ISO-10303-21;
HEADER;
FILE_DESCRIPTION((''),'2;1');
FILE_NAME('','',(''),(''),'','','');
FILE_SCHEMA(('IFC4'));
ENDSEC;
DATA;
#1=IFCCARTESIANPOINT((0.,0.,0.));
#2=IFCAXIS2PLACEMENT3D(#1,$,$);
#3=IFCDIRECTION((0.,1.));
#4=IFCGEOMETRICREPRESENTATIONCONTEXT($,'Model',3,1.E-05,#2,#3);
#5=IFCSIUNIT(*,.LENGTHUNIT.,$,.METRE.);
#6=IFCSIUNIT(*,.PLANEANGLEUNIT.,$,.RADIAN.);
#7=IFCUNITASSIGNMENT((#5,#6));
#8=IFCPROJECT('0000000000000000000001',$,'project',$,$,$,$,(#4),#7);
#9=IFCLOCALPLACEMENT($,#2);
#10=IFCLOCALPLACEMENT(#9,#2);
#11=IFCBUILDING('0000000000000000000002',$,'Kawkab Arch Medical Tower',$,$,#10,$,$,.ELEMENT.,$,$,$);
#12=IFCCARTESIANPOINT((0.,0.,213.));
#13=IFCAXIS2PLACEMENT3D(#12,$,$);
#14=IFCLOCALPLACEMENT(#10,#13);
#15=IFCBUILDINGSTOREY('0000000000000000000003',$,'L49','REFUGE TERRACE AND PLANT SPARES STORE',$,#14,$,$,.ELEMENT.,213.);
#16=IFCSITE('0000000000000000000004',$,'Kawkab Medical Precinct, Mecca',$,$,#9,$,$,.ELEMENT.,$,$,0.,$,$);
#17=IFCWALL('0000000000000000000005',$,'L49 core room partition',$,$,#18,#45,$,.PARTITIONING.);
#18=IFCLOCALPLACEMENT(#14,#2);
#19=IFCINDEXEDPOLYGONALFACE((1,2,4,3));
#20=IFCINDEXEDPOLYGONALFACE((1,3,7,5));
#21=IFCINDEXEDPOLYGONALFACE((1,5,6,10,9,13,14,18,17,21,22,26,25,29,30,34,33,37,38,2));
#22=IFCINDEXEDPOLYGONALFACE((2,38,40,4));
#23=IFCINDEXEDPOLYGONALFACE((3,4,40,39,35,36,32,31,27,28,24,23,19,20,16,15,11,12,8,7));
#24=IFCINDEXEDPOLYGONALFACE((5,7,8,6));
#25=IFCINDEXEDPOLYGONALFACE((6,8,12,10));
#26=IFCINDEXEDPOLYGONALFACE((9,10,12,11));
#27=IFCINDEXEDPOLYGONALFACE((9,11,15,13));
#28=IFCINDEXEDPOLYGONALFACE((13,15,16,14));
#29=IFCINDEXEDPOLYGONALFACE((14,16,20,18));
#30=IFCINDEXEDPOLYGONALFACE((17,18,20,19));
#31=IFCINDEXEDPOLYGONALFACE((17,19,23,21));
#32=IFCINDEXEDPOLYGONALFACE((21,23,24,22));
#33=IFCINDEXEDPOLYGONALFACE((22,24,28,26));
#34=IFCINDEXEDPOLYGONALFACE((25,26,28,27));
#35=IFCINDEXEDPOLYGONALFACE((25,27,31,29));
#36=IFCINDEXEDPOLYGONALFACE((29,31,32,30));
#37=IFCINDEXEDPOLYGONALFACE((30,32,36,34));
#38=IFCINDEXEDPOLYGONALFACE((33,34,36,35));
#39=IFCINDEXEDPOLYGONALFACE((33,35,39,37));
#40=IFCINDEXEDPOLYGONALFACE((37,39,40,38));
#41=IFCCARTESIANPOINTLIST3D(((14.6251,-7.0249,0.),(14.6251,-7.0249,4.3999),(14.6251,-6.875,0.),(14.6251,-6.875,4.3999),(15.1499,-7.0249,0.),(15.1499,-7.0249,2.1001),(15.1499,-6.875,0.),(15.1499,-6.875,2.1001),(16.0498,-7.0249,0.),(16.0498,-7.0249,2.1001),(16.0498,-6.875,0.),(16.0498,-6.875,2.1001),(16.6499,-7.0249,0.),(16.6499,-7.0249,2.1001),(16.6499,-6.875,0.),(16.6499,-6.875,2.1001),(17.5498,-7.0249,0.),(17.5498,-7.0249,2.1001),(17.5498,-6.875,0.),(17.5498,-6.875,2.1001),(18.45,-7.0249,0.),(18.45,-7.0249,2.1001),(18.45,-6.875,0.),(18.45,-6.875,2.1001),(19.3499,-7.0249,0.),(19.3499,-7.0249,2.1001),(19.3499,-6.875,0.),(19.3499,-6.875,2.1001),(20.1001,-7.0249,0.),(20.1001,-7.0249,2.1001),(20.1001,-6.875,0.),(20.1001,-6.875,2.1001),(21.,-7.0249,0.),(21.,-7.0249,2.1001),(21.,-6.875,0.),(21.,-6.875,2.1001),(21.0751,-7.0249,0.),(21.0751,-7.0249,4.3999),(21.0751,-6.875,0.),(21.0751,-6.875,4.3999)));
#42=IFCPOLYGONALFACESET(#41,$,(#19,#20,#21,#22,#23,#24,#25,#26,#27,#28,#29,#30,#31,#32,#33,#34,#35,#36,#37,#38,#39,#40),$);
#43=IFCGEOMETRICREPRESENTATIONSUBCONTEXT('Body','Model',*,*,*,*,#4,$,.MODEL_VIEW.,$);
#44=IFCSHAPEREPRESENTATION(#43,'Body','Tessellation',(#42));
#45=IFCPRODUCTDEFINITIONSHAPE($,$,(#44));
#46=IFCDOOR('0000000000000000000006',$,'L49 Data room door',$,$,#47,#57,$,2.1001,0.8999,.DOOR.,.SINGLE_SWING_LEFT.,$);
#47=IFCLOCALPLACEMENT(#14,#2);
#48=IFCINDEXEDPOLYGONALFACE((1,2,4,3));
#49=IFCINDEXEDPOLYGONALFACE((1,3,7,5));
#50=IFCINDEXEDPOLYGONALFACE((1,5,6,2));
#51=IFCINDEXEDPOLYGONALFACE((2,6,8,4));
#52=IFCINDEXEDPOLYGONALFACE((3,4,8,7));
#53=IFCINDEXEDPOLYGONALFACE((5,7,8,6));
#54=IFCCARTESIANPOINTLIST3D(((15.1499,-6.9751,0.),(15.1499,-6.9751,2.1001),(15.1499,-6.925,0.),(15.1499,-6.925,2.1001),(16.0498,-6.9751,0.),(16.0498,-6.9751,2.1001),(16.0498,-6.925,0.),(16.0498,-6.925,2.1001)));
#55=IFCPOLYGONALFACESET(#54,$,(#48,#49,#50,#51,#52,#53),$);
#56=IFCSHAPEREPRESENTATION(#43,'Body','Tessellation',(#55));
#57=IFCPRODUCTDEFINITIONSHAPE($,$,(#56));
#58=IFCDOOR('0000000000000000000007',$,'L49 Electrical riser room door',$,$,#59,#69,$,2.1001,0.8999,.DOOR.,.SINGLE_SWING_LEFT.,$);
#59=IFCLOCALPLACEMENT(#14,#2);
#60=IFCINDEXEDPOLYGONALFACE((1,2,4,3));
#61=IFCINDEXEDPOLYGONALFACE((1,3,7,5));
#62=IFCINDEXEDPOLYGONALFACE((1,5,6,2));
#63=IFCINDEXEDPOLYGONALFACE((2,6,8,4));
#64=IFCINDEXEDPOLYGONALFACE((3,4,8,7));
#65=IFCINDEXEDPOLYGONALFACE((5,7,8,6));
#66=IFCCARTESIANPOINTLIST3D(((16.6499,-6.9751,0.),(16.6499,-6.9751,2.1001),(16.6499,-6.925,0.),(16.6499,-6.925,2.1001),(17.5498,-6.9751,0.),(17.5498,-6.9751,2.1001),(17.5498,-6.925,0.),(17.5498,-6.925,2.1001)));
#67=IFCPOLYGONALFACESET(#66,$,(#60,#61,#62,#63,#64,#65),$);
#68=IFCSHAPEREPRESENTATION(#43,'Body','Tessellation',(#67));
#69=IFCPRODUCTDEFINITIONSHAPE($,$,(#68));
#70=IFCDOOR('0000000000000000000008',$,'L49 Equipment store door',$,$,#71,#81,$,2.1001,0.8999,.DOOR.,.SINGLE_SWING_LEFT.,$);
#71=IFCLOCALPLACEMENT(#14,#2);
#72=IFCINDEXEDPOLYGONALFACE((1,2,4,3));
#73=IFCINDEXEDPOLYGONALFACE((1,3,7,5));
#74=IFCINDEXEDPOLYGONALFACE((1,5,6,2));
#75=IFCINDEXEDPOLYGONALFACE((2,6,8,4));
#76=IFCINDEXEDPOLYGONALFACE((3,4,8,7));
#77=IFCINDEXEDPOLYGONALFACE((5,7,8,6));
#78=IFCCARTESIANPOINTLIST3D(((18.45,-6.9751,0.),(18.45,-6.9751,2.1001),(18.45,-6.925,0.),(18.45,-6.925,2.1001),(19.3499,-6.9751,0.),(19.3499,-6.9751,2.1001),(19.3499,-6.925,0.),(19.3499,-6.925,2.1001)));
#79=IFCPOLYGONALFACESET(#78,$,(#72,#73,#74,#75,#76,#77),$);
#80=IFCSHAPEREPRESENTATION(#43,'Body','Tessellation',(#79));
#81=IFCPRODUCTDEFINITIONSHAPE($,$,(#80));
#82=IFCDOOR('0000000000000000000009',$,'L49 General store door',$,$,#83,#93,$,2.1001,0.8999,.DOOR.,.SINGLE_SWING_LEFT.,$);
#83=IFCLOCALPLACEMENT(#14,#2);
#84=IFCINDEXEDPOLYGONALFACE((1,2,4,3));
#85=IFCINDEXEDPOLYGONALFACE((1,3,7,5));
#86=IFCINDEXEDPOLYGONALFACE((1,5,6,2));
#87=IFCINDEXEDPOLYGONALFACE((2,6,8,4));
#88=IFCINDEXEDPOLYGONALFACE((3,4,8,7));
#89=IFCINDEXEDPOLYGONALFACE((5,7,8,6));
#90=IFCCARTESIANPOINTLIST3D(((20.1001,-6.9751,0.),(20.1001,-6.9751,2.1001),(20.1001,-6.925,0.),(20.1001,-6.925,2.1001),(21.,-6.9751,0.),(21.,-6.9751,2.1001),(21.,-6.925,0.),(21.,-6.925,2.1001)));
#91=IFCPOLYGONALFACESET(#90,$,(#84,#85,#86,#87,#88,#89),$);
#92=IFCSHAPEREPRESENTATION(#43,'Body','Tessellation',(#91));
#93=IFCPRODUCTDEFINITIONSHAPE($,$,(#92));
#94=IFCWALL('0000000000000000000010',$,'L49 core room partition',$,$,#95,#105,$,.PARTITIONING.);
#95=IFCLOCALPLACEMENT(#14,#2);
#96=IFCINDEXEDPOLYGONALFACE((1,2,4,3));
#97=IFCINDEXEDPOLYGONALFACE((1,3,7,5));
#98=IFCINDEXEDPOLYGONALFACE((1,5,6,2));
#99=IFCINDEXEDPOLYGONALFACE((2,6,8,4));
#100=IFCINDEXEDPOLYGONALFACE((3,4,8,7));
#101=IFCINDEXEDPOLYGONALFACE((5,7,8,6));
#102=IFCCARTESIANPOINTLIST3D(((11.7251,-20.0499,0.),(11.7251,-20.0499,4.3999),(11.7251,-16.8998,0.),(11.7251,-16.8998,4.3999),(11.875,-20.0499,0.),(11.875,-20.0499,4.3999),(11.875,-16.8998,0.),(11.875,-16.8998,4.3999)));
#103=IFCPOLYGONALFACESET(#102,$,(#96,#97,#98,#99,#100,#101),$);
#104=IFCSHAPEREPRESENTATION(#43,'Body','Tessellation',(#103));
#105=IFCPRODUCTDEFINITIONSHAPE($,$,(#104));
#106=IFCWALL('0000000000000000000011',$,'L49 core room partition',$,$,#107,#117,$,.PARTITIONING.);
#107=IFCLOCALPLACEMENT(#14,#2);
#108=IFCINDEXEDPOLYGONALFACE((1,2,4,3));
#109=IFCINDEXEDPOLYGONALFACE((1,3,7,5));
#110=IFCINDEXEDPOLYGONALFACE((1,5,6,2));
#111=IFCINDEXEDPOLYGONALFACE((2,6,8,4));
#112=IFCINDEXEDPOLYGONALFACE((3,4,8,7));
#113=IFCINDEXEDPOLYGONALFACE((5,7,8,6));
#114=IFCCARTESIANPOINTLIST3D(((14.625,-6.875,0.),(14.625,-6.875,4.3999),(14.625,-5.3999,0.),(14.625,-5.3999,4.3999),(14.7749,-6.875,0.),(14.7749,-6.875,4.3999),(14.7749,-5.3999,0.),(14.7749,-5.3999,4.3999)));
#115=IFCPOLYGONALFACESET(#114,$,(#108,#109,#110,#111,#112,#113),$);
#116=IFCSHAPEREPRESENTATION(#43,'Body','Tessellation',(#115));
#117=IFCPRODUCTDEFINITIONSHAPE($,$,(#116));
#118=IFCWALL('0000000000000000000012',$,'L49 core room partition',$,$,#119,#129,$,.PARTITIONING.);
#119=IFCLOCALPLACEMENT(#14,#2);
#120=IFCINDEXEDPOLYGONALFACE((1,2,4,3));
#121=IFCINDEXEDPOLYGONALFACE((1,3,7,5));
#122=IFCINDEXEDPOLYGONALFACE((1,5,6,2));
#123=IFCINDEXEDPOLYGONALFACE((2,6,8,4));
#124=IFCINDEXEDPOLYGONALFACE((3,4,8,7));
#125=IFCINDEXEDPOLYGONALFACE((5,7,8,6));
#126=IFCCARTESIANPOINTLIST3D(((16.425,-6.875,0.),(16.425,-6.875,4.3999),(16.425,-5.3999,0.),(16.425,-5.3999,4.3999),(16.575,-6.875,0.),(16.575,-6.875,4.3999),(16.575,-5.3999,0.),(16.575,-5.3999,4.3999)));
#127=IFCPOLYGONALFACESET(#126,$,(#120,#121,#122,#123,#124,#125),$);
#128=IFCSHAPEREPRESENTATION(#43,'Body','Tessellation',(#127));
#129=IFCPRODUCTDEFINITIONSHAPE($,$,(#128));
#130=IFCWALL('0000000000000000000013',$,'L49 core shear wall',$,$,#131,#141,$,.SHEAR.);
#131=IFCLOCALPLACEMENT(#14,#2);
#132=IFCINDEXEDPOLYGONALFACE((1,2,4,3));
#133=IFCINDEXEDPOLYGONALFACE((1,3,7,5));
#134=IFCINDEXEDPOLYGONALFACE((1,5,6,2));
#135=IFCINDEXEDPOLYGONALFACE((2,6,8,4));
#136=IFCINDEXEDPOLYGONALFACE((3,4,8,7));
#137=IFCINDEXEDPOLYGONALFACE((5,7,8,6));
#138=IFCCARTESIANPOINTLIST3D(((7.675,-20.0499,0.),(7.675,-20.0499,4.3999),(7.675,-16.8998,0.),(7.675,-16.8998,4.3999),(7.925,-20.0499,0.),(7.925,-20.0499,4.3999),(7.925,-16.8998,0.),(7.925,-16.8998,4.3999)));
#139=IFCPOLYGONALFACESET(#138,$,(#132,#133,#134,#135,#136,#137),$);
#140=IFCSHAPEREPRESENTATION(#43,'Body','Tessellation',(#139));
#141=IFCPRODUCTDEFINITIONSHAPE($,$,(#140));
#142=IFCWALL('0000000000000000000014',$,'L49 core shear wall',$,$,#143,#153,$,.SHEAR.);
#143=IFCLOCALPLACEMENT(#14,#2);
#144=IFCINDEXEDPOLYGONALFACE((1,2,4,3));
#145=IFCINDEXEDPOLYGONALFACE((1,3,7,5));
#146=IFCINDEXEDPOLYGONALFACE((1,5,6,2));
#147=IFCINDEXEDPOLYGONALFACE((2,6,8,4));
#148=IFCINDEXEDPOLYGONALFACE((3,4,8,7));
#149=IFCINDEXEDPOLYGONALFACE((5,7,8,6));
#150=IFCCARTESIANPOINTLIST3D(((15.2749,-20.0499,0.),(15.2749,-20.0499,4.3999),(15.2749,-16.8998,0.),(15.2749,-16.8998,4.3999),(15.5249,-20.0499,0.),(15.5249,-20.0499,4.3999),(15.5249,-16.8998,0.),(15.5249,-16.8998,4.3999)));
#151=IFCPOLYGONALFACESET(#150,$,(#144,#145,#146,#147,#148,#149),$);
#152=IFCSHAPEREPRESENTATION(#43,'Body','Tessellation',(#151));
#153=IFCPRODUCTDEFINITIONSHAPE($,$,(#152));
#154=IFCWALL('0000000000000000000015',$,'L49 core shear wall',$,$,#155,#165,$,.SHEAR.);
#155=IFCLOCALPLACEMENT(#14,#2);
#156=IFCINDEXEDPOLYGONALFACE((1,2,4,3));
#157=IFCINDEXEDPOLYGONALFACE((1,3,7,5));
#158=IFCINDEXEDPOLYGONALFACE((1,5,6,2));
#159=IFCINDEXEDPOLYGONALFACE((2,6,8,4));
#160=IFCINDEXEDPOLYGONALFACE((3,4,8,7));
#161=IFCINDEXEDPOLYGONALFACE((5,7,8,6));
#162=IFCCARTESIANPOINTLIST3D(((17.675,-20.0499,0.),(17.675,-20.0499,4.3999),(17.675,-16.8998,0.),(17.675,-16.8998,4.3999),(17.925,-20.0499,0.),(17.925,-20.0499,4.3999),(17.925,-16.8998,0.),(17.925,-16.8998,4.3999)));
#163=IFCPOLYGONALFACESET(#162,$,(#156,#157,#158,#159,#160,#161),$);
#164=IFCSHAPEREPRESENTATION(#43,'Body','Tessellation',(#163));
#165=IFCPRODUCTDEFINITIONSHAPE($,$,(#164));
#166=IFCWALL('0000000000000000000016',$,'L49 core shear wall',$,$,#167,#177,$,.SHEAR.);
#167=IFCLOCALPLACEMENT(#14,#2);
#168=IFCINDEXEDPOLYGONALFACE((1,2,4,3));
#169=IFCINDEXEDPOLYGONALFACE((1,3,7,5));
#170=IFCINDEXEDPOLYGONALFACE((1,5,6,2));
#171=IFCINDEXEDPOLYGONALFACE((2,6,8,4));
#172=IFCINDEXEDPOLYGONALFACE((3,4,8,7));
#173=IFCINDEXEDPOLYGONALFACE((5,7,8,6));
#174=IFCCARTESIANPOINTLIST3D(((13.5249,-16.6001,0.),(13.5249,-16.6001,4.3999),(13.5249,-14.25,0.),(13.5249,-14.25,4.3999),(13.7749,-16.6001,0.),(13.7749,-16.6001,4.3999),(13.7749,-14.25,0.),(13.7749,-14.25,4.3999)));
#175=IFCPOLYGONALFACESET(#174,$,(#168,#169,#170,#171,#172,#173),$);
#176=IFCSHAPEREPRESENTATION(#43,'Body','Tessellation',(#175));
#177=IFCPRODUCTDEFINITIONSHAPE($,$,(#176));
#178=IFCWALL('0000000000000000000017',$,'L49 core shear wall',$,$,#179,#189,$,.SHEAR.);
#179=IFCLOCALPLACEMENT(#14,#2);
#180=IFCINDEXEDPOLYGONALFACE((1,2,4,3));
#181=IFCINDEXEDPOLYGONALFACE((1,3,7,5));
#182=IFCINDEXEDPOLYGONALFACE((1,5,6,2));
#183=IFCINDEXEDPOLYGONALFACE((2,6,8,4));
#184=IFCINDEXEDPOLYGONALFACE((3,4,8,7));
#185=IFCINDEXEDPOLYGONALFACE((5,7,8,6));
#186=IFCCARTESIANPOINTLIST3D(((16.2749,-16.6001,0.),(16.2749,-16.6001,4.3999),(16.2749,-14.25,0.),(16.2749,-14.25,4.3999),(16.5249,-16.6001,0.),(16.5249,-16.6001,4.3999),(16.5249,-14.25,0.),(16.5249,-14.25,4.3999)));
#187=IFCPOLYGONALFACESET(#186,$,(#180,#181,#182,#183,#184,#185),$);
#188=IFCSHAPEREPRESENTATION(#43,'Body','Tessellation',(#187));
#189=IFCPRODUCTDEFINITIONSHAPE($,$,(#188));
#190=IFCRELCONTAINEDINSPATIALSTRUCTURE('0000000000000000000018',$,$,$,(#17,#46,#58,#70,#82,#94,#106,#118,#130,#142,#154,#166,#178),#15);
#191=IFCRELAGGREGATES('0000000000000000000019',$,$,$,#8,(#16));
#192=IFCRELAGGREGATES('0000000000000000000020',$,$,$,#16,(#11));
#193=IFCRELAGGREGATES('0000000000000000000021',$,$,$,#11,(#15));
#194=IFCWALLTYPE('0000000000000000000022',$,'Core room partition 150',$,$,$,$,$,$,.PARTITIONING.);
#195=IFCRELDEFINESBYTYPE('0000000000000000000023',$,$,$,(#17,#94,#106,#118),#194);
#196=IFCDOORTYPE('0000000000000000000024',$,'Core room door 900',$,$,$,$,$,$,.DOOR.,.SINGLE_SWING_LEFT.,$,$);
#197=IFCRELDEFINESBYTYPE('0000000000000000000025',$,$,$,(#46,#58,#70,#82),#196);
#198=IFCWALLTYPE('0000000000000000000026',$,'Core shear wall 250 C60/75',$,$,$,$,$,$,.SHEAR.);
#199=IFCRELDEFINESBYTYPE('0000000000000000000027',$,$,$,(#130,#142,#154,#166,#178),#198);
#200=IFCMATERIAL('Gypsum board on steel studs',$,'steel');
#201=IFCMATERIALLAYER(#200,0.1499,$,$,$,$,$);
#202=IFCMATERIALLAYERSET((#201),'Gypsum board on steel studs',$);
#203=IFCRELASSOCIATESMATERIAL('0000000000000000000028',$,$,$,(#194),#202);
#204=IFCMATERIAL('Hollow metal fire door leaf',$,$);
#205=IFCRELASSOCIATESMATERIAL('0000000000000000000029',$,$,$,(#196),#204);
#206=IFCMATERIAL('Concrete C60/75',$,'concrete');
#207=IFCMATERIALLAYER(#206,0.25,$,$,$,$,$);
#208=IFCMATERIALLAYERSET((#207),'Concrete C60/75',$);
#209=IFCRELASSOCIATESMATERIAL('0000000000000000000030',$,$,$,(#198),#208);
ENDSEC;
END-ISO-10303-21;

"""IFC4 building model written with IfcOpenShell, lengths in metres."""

from ifc_helpers import new_model, si_unit, direction, frame, frame_2d, origin, place, context, subcontext, project, spatial, rectangle, extrude, material, layer, layer_set, type_object, element, fill, save


model = new_model("IFC4")

# Units and contexts
model_context = context("Model", 3, precision=1e-05, world=origin(), true_north=direction((0.0, 1.0)))
body_context = subcontext(model_context, "Body", "Model", "MODEL_VIEW")
ifc_project = project(units=[si_unit("LENGTHUNIT", "METRE"), si_unit("PLANEANGLEUNIT", "RADIAN")], contexts=[model_context])

# Site, building, storey
site_placement = place(None, origin())
site = spatial("IfcSite", under=ifc_project, at=site_placement, Name="Kawkab Medical Precinct, Mecca", CompositionType="ELEMENT", RefElevation=0.0)
building_placement = place(site_placement, origin())
building = spatial("IfcBuilding", under=site, at=building_placement, Name="Kawkab Arch Medical Tower", CompositionType="ELEMENT")
storey_placement = place(building_placement, frame((0.0, 0.0, 213.0)))
storey = spatial("IfcBuildingStorey", under=building, at=storey_placement, Name="L49", Description="REFUGE TERRACE AND PLANT SPARES STORE", CompositionType="ELEMENT", Elevation=213.0)

# Wall, openings, doors
ifc_material_1 = material(Name="Gypsum board on steel studs", Category="steel")
ifc_layer_1 = layer(ifc_material_1, 0.1499)
ifc_layer_set_1 = layer_set([ifc_layer_1], Name="Gypsum board on steel studs")
wall_type_1 = type_object("IfcWallType", Name="Core room partition 150", PredefinedType="PARTITIONING", material=ifc_layer_set_1)
wall_1_placement = place(storey_placement, frame((14.625, -6.95, 0.0), z_axis=(0.0, 0.0, 1.0), x_axis=(1.0, 0.0, 0.0)))
wall_1 = element("IfcWall", 1, at=wall_1_placement, inside=storey, type_object=wall_type_1, Name="L49 core room partition", PredefinedType="PARTITIONING", context=body_context, shape_type="SweptSolid", body=[
    extrude(rectangle(XDim=6.45, YDim=0.1499, at=frame_2d((3.2251, 0.0))), origin(), (0.0, 0.0, 1.0), 4.3999),
])
opening_1_placement = place(wall_1_placement, frame((0.5249, 0.0, 0.0)))
opening_1 = element("IfcOpeningElement", 2, at=opening_1_placement, cuts=wall_1, PredefinedType="OPENING", context=body_context, shape_type="SweptSolid", body=[
    extrude(rectangle(XDim=0.8999, YDim=2.1001, at=frame_2d((0.45, 1.05))), frame((0.0, 0.085, 0.0), z_axis=(0.0, -1.0, 0.0), x_axis=(1.0, 0.0, 0.0)), (0.0, 0.0, 1.0), 0.1699),
])
opening_2_placement = place(wall_1_placement, frame((2.0249, 0.0, 0.0)))
opening_2 = element("IfcOpeningElement", 3, at=opening_2_placement, cuts=wall_1, PredefinedType="OPENING", context=body_context, shape_type="SweptSolid", body=[
    extrude(rectangle(XDim=0.8999, YDim=2.1001, at=frame_2d((0.45, 1.05))), frame((0.0, 0.085, 0.0), z_axis=(0.0, -1.0, 0.0), x_axis=(1.0, 0.0, 0.0)), (0.0, 0.0, 1.0), 0.1699),
])
opening_3_placement = place(wall_1_placement, frame((3.825, 0.0, 0.0)))
opening_3 = element("IfcOpeningElement", 4, at=opening_3_placement, cuts=wall_1, PredefinedType="OPENING", context=body_context, shape_type="SweptSolid", body=[
    extrude(rectangle(XDim=0.8999, YDim=2.1001, at=frame_2d((0.45, 1.05))), frame((0.0, 0.085, 0.0), z_axis=(0.0, -1.0, 0.0), x_axis=(1.0, 0.0, 0.0)), (0.0, 0.0, 1.0), 0.1699),
])
opening_4_placement = place(wall_1_placement, frame((5.4751, 0.0, 0.0)))
opening_4 = element("IfcOpeningElement", 5, at=opening_4_placement, cuts=wall_1, PredefinedType="OPENING", context=body_context, shape_type="SweptSolid", body=[
    extrude(rectangle(XDim=0.8999, YDim=2.1001, at=frame_2d((0.45, 1.05))), frame((0.0, 0.085, 0.0), z_axis=(0.0, -1.0, 0.0), x_axis=(1.0, 0.0, 0.0)), (0.0, 0.0, 1.0), 0.1699),
])
ifc_material_2 = material(Name="Hollow metal fire door leaf")
door_type_1 = type_object("IfcDoorType", Name="Core room door 900", OperationType="SINGLE_SWING_LEFT", PredefinedType="DOOR", material=ifc_material_2)
door_1_placement = place(opening_1_placement, origin())
door_1 = element("IfcDoor", 6, at=door_1_placement, inside=storey, type_object=door_type_1, Name="L49 Data room door", OperationType="SINGLE_SWING_LEFT", OverallHeight=2.1001, OverallWidth=0.8999, PredefinedType="DOOR", context=body_context, shape_type="SweptSolid", body=[
    extrude(rectangle(XDim=0.8999, YDim=2.1001, at=frame_2d((0.45, 1.05))), frame((0.0, 0.0249, 0.0), z_axis=(0.0, -1.0, 0.0), x_axis=(1.0, 0.0, 0.0)), (0.0, 0.0, 1.0), 0.05),
])
fill(opening_1, door_1)
door_2_placement = place(opening_2_placement, origin())
door_2 = element("IfcDoor", 7, at=door_2_placement, inside=storey, type_object=door_type_1, Name="L49 Electrical riser room door", OperationType="SINGLE_SWING_LEFT", OverallHeight=2.1001, OverallWidth=0.8999, PredefinedType="DOOR", context=body_context, shape_type="SweptSolid", body=[
    extrude(rectangle(XDim=0.8999, YDim=2.1001, at=frame_2d((0.45, 1.05))), frame((0.0, 0.0249, 0.0), z_axis=(0.0, -1.0, 0.0), x_axis=(1.0, 0.0, 0.0)), (0.0, 0.0, 1.0), 0.05),
])
fill(opening_2, door_2)
door_3_placement = place(opening_3_placement, origin())
door_3 = element("IfcDoor", 8, at=door_3_placement, inside=storey, type_object=door_type_1, Name="L49 Equipment store door", OperationType="SINGLE_SWING_LEFT", OverallHeight=2.1001, OverallWidth=0.8999, PredefinedType="DOOR", context=body_context, shape_type="SweptSolid", body=[
    extrude(rectangle(XDim=0.8999, YDim=2.1001, at=frame_2d((0.45, 1.05))), frame((0.0, 0.0249, 0.0), z_axis=(0.0, -1.0, 0.0), x_axis=(1.0, 0.0, 0.0)), (0.0, 0.0, 1.0), 0.05),
])
fill(opening_3, door_3)
door_4_placement = place(opening_4_placement, origin())
door_4 = element("IfcDoor", 9, at=door_4_placement, inside=storey, type_object=door_type_1, Name="L49 General store door", OperationType="SINGLE_SWING_LEFT", OverallHeight=2.1001, OverallWidth=0.8999, PredefinedType="DOOR", context=body_context, shape_type="SweptSolid", body=[
    extrude(rectangle(XDim=0.8999, YDim=2.1001, at=frame_2d((0.45, 1.05))), frame((0.0, 0.0249, 0.0), z_axis=(0.0, -1.0, 0.0), x_axis=(1.0, 0.0, 0.0)), (0.0, 0.0, 1.0), 0.05),
])
fill(opening_4, door_4)

# Walls
wall_2_placement = place(storey_placement, frame((11.8, -20.05, 0.0), z_axis=(0.0, 0.0, 1.0), x_axis=(0.0, 1.0, 0.0)))
element("IfcWall", 10, at=wall_2_placement, inside=storey, type_object=wall_type_1, Name="L49 core room partition", PredefinedType="PARTITIONING", context=body_context, shape_type="SweptSolid", body=[
    extrude(rectangle(XDim=3.1501, YDim=0.1499, at=frame_2d((1.5752, 0.0))), origin(), (0.0, 0.0, 1.0), 4.3999),
])
for number, where, z_axis, x_axis, name in (
    (11, (14.7, -6.875, 0.0), (0.0, 0.0, 1.0), (0.0, 1.0, 0.0), "L49 core room partition"),
    (12, (16.5, -6.875, 0.0), (0.0, 0.0, 1.0), (0.0, 1.0, 0.0), "L49 core room partition"),
):
    element("IfcWall", number, at=place(storey_placement, frame(where, z_axis=z_axis, x_axis=x_axis)), inside=storey, type_object=wall_type_1, Name=name, PredefinedType="PARTITIONING", context=body_context, shape_type="SweptSolid", body=[
        extrude(rectangle(XDim=1.4751, YDim=0.1499, at=frame_2d((0.7375, 0.0))), origin(), (0.0, 0.0, 1.0), 4.3999),
    ])
ifc_material_3 = material(Name="Concrete C60/75", Category="concrete")
ifc_layer_2 = layer(ifc_material_3, 0.25)
ifc_layer_set_2 = layer_set([ifc_layer_2], Name="Concrete C60/75")
wall_type_2 = type_object("IfcWallType", Name="Core shear wall 250 C60/75", PredefinedType="SHEAR", material=ifc_layer_set_2)
for number, where, z_axis, x_axis, name in (
    (13, (7.8, -20.05, 0.0), (0.0, 0.0, 1.0), (0.0, 1.0, 0.0), "L49 core shear wall"),
    (14, (15.3999, -20.05, 0.0), (0.0, 0.0, 1.0), (0.0, 1.0, 0.0), "L49 core shear wall"),
    (15, (17.8, -20.05, 0.0), (0.0, 0.0, 1.0), (0.0, 1.0, 0.0), "L49 core shear wall"),
):
    element("IfcWall", number, at=place(storey_placement, frame(where, z_axis=z_axis, x_axis=x_axis)), inside=storey, type_object=wall_type_2, Name=name, PredefinedType="SHEAR", context=body_context, shape_type="SweptSolid", body=[
        extrude(rectangle(XDim=3.1501, YDim=0.25, at=frame_2d((1.5752, 0.0))), origin(), (0.0, 0.0, 1.0), 4.3999),
    ])
for number, where, z_axis, x_axis, name in (
    (16, (13.6499, -16.6001, 0.0), (0.0, 0.0, 1.0), (0.0, 1.0, 0.0), "L49 core shear wall"),
    (17, (16.3999, -16.6001, 0.0), (0.0, 0.0, 1.0), (0.0, 1.0, 0.0), "L49 core shear wall"),
):
    element("IfcWall", number, at=place(storey_placement, frame(where, z_axis=z_axis, x_axis=x_axis)), inside=storey, type_object=wall_type_2, Name=name, PredefinedType="SHEAR", context=body_context, shape_type="SweptSolid", body=[
        extrude(rectangle(XDim=2.3501, YDim=0.25, at=frame_2d((1.175, 0.0))), origin(), (0.0, 0.0, 1.0), 4.3999),
    ])

save(model, "model.ifc")
